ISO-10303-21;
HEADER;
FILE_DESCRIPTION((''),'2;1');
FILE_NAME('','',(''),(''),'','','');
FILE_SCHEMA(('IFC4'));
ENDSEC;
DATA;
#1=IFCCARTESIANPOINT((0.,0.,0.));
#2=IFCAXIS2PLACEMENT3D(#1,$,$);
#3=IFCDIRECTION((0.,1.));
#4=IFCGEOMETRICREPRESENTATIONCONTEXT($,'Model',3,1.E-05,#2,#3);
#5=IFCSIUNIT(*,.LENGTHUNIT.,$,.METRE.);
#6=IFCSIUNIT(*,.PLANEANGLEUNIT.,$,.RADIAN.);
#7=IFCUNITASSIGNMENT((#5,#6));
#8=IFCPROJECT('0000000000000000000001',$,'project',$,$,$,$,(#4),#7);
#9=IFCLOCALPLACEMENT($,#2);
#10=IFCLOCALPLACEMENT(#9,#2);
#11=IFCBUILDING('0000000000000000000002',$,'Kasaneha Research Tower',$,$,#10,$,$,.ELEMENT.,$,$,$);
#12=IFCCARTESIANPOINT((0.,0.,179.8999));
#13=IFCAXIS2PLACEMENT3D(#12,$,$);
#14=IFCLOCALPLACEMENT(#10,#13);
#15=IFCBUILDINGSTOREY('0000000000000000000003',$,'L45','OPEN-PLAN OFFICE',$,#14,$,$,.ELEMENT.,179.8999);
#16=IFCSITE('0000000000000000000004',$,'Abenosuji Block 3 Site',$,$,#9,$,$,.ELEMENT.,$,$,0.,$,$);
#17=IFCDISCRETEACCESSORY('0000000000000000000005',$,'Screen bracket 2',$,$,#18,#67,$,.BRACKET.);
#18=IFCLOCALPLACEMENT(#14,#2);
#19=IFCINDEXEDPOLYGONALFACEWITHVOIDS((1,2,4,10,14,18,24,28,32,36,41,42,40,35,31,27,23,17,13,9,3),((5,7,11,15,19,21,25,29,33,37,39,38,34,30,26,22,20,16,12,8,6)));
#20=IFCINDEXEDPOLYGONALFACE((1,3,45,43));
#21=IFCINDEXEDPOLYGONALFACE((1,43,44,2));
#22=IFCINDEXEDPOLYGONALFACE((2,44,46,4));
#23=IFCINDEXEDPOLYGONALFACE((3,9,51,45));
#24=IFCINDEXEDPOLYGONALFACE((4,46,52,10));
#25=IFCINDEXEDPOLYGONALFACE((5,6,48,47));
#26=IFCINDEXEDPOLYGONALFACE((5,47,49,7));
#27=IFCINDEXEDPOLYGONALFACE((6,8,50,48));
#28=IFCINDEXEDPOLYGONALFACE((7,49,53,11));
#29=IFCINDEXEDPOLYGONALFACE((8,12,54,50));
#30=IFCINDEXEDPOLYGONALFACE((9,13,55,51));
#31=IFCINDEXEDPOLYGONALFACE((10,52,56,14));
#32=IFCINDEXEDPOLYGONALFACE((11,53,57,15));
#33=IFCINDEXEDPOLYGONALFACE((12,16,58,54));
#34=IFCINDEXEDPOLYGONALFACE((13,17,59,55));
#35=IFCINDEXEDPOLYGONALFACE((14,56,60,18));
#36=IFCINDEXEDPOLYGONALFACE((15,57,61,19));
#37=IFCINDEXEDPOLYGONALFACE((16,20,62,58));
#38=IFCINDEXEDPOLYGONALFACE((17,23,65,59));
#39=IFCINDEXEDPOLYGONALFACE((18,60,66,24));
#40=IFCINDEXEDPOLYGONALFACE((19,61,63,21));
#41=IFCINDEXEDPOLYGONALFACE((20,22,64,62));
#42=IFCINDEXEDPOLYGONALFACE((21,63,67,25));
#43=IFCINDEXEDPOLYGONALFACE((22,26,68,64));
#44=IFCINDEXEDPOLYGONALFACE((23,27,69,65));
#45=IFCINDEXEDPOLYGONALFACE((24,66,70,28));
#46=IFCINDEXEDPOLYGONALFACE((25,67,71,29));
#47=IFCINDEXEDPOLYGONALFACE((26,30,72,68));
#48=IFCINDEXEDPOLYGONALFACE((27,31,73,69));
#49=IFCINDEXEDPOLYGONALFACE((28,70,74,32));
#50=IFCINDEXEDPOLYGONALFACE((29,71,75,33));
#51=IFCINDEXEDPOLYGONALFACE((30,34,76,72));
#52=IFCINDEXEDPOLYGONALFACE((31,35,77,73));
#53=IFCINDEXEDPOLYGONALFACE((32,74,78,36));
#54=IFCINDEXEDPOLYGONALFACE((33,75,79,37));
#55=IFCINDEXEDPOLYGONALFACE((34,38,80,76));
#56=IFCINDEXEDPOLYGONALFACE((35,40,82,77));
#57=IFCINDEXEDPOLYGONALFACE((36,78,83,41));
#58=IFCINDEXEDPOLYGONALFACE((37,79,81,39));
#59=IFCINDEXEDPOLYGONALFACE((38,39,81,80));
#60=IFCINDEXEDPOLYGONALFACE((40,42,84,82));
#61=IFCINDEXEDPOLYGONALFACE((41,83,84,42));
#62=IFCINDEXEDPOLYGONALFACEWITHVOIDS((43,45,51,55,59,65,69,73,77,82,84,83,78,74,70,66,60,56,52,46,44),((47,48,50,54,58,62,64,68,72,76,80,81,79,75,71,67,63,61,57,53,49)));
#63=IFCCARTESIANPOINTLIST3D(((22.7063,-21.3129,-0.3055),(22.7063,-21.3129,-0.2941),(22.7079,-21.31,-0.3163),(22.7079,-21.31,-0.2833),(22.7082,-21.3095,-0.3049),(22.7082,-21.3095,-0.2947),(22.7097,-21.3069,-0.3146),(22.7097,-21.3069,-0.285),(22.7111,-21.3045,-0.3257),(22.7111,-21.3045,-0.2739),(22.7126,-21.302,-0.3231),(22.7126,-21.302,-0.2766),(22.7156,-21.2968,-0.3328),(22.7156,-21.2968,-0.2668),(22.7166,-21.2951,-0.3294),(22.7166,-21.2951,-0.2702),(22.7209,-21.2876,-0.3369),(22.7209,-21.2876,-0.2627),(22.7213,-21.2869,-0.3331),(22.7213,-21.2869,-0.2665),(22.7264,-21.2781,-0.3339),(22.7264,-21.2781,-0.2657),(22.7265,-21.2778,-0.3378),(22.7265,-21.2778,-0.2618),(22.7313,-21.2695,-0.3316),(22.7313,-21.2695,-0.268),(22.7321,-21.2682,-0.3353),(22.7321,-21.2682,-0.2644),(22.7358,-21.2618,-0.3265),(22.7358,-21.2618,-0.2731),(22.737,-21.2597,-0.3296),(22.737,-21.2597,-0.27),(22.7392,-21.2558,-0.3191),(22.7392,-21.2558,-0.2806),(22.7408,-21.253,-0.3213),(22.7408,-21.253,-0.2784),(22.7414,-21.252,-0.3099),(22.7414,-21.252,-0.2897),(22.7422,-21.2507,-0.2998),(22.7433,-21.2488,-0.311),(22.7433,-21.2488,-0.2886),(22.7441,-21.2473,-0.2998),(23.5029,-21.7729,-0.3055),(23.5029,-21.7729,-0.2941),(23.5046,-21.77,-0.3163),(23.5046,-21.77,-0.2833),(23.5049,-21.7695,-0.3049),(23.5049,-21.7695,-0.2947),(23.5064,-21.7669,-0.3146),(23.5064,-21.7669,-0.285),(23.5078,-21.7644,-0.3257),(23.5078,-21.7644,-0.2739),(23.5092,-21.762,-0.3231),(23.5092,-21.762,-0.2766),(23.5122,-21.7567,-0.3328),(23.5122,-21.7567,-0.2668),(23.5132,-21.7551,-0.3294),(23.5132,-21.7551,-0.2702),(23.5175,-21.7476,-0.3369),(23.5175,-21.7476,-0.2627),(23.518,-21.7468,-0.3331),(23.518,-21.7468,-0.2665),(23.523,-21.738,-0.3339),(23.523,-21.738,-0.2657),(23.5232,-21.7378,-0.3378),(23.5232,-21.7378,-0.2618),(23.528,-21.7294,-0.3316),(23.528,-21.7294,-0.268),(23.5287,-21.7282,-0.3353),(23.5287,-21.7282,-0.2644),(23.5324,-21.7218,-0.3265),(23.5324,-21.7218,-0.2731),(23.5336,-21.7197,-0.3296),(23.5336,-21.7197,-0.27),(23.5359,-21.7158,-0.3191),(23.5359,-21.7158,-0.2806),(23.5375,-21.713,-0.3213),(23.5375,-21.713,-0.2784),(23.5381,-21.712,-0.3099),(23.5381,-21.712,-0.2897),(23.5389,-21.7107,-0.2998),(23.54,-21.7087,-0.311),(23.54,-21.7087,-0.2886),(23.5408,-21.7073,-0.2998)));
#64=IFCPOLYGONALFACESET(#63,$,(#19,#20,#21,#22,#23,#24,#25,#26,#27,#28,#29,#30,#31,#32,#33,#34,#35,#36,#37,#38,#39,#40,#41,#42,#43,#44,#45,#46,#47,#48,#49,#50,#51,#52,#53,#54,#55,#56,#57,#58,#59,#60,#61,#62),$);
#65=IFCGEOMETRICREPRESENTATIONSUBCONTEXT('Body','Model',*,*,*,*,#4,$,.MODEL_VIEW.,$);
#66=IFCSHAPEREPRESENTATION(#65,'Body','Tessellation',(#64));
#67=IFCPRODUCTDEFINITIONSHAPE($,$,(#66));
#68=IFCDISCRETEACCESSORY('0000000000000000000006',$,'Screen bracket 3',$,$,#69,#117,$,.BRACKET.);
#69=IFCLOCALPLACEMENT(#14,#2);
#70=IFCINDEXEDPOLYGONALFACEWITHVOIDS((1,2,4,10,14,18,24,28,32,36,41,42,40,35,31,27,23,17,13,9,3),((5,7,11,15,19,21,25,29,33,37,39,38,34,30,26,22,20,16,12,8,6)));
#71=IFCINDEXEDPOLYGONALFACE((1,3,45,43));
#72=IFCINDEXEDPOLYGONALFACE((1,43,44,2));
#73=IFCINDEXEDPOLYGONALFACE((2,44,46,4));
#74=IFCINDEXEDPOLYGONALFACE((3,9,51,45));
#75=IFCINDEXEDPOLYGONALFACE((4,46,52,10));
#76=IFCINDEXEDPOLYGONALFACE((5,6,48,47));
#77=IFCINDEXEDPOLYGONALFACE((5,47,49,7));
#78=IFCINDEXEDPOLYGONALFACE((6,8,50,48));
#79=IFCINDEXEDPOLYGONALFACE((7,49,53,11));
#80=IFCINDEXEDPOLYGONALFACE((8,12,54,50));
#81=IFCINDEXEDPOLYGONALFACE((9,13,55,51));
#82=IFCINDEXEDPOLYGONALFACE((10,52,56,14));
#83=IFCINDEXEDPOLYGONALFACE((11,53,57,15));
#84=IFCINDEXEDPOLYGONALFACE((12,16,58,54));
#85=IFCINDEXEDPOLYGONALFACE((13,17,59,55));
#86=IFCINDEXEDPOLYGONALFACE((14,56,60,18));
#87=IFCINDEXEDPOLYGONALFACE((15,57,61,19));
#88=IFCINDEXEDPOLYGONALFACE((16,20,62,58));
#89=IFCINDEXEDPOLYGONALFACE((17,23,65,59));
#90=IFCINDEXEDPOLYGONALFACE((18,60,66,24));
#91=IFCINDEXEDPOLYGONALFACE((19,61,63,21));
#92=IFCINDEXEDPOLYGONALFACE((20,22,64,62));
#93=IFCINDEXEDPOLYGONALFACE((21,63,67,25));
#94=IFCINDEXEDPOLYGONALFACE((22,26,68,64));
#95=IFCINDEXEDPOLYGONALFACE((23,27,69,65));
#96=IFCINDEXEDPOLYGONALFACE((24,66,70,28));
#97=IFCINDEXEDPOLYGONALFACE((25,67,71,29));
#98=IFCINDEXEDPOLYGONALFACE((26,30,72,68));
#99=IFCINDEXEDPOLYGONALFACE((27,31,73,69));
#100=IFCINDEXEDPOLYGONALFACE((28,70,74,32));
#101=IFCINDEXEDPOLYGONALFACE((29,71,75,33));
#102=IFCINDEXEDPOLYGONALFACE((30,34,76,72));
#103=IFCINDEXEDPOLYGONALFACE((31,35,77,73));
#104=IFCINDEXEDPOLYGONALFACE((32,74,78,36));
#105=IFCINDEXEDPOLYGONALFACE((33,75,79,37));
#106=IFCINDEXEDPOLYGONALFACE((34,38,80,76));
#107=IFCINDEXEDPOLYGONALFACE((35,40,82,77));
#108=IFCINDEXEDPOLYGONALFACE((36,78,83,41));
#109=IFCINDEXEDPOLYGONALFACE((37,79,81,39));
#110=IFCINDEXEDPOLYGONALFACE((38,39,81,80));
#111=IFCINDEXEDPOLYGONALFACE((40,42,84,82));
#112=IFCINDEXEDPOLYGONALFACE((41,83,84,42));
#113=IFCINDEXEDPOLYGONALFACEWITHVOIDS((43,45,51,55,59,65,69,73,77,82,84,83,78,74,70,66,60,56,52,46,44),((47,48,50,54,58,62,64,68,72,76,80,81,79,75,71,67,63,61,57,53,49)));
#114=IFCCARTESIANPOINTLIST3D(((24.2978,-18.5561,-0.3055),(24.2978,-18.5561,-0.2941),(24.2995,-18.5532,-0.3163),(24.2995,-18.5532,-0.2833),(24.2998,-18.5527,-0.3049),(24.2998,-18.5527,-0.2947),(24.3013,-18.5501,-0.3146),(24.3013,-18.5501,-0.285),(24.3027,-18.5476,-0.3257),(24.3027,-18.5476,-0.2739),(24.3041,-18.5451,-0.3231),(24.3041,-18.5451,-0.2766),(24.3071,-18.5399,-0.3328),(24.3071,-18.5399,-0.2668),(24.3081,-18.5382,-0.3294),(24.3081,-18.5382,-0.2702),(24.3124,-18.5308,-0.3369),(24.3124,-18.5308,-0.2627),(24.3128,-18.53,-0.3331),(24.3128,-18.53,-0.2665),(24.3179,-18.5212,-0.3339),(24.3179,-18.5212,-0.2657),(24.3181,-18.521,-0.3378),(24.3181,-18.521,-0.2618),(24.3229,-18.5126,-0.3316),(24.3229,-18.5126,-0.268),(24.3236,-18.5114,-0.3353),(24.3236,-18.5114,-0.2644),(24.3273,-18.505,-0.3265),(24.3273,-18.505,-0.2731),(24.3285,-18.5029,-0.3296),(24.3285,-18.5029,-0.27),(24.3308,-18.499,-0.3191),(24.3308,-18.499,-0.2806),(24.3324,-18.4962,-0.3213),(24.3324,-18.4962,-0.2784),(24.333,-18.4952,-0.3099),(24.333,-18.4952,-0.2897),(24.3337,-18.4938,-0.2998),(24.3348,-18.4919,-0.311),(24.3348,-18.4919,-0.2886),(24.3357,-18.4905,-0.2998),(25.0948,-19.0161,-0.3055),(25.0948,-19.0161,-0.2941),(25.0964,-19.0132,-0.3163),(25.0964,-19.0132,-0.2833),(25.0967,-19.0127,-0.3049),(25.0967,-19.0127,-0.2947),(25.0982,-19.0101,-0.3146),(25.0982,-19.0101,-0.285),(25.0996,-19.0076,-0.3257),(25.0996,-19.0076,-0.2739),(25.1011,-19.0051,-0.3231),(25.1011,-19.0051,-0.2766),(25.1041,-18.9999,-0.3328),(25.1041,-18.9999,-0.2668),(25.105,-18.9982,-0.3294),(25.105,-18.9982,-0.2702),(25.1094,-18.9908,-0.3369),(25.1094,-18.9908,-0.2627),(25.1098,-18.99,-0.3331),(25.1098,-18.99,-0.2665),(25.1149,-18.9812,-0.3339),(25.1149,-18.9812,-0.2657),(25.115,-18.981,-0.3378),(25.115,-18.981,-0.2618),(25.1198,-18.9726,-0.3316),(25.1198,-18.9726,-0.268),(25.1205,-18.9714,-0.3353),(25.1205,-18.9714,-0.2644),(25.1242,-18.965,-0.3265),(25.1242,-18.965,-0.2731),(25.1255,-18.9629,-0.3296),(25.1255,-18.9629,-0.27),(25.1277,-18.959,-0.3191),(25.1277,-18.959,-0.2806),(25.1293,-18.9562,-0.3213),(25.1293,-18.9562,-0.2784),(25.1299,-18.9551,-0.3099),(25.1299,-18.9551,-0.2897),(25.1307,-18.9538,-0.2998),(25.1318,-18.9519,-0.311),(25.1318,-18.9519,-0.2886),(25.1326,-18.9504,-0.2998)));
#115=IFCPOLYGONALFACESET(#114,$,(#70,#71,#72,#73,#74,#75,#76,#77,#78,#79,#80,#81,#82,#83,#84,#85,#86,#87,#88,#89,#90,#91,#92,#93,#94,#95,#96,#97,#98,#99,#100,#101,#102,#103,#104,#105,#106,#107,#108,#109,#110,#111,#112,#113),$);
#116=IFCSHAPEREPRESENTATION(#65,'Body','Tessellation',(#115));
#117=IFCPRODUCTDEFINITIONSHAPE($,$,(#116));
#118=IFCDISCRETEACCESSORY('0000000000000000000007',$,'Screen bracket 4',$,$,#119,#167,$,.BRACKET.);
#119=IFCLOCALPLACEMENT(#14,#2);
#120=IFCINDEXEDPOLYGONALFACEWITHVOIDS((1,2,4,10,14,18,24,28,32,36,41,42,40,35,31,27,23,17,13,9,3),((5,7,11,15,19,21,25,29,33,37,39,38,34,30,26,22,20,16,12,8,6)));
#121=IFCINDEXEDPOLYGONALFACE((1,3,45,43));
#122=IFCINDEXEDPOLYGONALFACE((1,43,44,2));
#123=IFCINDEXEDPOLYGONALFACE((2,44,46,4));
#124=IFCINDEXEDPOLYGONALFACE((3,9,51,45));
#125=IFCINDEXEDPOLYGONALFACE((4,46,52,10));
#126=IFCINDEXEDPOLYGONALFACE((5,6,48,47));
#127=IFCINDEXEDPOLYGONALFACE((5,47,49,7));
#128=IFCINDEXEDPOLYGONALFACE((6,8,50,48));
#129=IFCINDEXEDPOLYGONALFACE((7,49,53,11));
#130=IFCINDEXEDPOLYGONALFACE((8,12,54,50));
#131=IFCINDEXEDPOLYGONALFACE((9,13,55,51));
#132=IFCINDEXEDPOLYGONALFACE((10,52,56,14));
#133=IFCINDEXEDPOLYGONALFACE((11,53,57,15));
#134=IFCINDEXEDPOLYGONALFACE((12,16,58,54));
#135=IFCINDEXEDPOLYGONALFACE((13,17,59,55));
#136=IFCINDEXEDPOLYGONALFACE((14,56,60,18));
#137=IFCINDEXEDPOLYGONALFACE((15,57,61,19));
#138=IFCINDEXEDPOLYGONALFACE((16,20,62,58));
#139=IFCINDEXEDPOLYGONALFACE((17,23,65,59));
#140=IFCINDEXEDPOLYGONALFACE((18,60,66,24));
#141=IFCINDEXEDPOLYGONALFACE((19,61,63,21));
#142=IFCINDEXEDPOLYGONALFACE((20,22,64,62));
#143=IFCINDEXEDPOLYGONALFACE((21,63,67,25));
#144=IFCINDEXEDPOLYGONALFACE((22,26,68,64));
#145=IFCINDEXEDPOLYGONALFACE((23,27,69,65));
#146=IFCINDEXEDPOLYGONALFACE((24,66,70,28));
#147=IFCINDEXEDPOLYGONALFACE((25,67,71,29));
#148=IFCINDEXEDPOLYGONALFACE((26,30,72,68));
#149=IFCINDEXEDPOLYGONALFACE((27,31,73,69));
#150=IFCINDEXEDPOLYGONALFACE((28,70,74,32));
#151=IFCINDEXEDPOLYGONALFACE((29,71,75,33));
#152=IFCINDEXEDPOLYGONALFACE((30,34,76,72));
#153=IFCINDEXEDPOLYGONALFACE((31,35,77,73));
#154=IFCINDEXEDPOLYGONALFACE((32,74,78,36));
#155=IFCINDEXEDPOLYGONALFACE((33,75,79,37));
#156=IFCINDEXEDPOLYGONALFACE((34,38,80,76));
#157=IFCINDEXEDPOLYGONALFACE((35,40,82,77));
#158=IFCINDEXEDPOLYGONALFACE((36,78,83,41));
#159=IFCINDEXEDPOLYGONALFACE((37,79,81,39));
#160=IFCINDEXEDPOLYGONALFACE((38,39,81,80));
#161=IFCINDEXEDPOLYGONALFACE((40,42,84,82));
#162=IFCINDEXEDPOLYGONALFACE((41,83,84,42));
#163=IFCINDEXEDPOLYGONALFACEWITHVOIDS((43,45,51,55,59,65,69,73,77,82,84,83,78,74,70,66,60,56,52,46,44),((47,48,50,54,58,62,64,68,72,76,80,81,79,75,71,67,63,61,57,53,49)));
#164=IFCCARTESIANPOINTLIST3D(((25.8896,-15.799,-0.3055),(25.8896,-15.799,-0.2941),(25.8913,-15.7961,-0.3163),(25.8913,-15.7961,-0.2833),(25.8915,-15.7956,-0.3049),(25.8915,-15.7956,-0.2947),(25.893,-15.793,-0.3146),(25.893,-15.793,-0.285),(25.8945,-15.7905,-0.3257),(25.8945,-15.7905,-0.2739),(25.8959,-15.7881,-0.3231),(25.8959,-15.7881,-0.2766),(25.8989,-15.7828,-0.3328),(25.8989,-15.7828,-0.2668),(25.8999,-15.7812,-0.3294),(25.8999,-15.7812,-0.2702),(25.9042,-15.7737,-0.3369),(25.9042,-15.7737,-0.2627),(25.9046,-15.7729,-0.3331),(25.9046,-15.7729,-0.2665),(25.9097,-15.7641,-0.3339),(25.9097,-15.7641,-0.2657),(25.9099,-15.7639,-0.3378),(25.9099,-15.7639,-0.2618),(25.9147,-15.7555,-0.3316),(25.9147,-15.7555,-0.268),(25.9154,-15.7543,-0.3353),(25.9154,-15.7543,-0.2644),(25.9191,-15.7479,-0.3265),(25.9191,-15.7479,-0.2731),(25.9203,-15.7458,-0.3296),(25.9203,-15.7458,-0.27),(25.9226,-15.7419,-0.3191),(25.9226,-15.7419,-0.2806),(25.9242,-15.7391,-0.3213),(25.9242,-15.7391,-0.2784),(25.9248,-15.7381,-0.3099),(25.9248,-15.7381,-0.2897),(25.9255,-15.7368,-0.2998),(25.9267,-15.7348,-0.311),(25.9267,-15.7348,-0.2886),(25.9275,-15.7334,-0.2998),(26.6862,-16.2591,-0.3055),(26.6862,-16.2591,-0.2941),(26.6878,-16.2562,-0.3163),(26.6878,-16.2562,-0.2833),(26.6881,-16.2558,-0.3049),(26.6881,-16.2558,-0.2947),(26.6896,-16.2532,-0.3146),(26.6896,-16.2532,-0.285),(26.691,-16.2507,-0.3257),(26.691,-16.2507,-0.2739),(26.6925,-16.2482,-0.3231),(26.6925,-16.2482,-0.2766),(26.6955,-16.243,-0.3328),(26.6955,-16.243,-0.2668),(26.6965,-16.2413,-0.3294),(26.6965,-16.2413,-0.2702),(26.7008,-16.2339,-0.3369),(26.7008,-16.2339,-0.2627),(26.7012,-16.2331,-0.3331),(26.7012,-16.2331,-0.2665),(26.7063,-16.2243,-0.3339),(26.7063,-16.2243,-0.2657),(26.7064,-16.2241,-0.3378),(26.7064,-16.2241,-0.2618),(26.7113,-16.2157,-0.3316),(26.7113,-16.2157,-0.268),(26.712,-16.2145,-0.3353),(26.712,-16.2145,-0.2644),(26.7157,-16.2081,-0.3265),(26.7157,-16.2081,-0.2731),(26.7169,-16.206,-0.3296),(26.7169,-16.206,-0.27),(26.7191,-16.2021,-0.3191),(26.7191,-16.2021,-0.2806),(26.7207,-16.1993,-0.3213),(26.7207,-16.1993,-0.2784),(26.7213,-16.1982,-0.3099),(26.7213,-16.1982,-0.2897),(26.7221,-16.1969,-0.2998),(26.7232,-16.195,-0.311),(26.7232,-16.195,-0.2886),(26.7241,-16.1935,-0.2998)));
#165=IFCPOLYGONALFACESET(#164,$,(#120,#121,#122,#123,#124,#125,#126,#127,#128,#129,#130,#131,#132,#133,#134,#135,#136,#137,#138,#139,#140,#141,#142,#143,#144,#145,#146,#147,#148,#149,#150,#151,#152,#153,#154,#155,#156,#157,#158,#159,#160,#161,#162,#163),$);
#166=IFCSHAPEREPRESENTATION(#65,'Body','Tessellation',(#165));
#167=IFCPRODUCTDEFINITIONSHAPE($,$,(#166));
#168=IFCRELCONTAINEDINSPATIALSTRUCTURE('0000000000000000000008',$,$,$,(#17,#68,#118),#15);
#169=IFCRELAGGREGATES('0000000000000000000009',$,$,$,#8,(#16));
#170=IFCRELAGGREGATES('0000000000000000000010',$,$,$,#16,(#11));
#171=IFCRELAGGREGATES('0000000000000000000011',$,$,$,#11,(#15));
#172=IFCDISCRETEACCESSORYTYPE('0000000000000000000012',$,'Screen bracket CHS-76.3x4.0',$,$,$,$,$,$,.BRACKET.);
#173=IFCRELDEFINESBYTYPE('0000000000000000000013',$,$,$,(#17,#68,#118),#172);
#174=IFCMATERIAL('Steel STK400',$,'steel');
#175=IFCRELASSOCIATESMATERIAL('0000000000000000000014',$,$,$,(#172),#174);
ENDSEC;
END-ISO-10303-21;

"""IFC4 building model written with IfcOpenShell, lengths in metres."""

from ifc_helpers import new_model, si_unit, direction, frame, origin, origin_2d, place, context, subcontext, project, spatial, hollow_circle, extrude, material, material_profile, profile_set, type_object, element, save


model = new_model("IFC4")

# Units and contexts
model_context = context("Model", 3, precision=1e-05, world=origin(), true_north=direction((0.0, 1.0)))
body_context = subcontext(model_context, "Body", "Model", "MODEL_VIEW")
ifc_project = project(units=[si_unit("LENGTHUNIT", "METRE"), si_unit("PLANEANGLEUNIT", "RADIAN")], contexts=[model_context])

# Site, building, storey
site_placement = place(None, origin())
site = spatial("IfcSite", under=ifc_project, at=site_placement, Name="Abenosuji Block 3 Site", CompositionType="ELEMENT", RefElevation=0.0)
building_placement = place(site_placement, origin())
building = spatial("IfcBuilding", under=site, at=building_placement, Name="Kasaneha Research Tower", CompositionType="ELEMENT")
storey_placement = place(building_placement, frame((0.0, 0.0, 179.8999)))
storey = spatial("IfcBuildingStorey", under=building, at=storey_placement, Name="L45", Description="OPEN-PLAN OFFICE", CompositionType="ELEMENT", Elevation=179.8999)

# Discrete accessories
ifc_material_1 = material(Name="Steel STK400", Category="steel")
ifc_material_profile_1 = material_profile(ifc_material_1, hollow_circle(Radius=0.0381, WallThickness=0.0039, at=origin_2d()), Name="CHS-76.3x4.0")
ifc_profile_set_1 = profile_set([ifc_material_profile_1], Name="Steel STK400")
discrete_accessory_type = type_object("IfcDiscreteAccessoryType", Name="Screen bracket CHS-76.3x4.0", PredefinedType="BRACKET", material=ifc_profile_set_1)
discrete_accessory_1_placement = place(storey_placement, frame((22.7251, -21.2803, -0.2998), z_axis=(0.866013, -0.500021, 0.0), x_axis=(0.500021, 0.866013, 0.0)))
element("IfcDiscreteAccessory", 1, at=discrete_accessory_1_placement, inside=storey, type_object=discrete_accessory_type, Name="Screen bracket 2", PredefinedType="BRACKET", context=body_context, shape_type="SweptSolid", body=[
    extrude(hollow_circle(Radius=0.0381, WallThickness=0.0039, at=origin_2d()), origin(), (0.0, 0.0, 1.0), 0.9199),
])
discrete_accessory_2_placement = place(storey_placement, frame((24.3167, -18.5234, -0.2998), z_axis=(0.86608, -0.499906, 0.0), x_axis=(0.499906, 0.86608, 0.0)))
element("IfcDiscreteAccessory", 2, at=discrete_accessory_2_placement, inside=storey, type_object=discrete_accessory_type, Name="Screen bracket 3", PredefinedType="BRACKET", context=body_context, shape_type="SweptSolid", body=[
    extrude(hollow_circle(Radius=0.0381, WallThickness=0.0039, at=origin_2d()), origin(), (0.0, 0.0, 1.0), 0.9202),
])
for number, where, z_axis, x_axis, name in (
    (3, (25.9084, -15.7664, -0.2998), (0.865898, -0.50022, 0.0), (0.50022, 0.865898, 0.0), "Screen bracket 4"),
):
    element("IfcDiscreteAccessory", number, at=place(storey_placement, frame(where, z_axis=z_axis, x_axis=x_axis)), inside=storey, type_object=discrete_accessory_type, Name=name, PredefinedType="BRACKET", context=body_context, shape_type="SweptSolid", body=[
        extrude(hollow_circle(Radius=0.0381, WallThickness=0.0039, at=origin_2d()), origin(), (0.0, 0.0, 1.0), 0.9199),
    ])

save(model, "model.ifc")
